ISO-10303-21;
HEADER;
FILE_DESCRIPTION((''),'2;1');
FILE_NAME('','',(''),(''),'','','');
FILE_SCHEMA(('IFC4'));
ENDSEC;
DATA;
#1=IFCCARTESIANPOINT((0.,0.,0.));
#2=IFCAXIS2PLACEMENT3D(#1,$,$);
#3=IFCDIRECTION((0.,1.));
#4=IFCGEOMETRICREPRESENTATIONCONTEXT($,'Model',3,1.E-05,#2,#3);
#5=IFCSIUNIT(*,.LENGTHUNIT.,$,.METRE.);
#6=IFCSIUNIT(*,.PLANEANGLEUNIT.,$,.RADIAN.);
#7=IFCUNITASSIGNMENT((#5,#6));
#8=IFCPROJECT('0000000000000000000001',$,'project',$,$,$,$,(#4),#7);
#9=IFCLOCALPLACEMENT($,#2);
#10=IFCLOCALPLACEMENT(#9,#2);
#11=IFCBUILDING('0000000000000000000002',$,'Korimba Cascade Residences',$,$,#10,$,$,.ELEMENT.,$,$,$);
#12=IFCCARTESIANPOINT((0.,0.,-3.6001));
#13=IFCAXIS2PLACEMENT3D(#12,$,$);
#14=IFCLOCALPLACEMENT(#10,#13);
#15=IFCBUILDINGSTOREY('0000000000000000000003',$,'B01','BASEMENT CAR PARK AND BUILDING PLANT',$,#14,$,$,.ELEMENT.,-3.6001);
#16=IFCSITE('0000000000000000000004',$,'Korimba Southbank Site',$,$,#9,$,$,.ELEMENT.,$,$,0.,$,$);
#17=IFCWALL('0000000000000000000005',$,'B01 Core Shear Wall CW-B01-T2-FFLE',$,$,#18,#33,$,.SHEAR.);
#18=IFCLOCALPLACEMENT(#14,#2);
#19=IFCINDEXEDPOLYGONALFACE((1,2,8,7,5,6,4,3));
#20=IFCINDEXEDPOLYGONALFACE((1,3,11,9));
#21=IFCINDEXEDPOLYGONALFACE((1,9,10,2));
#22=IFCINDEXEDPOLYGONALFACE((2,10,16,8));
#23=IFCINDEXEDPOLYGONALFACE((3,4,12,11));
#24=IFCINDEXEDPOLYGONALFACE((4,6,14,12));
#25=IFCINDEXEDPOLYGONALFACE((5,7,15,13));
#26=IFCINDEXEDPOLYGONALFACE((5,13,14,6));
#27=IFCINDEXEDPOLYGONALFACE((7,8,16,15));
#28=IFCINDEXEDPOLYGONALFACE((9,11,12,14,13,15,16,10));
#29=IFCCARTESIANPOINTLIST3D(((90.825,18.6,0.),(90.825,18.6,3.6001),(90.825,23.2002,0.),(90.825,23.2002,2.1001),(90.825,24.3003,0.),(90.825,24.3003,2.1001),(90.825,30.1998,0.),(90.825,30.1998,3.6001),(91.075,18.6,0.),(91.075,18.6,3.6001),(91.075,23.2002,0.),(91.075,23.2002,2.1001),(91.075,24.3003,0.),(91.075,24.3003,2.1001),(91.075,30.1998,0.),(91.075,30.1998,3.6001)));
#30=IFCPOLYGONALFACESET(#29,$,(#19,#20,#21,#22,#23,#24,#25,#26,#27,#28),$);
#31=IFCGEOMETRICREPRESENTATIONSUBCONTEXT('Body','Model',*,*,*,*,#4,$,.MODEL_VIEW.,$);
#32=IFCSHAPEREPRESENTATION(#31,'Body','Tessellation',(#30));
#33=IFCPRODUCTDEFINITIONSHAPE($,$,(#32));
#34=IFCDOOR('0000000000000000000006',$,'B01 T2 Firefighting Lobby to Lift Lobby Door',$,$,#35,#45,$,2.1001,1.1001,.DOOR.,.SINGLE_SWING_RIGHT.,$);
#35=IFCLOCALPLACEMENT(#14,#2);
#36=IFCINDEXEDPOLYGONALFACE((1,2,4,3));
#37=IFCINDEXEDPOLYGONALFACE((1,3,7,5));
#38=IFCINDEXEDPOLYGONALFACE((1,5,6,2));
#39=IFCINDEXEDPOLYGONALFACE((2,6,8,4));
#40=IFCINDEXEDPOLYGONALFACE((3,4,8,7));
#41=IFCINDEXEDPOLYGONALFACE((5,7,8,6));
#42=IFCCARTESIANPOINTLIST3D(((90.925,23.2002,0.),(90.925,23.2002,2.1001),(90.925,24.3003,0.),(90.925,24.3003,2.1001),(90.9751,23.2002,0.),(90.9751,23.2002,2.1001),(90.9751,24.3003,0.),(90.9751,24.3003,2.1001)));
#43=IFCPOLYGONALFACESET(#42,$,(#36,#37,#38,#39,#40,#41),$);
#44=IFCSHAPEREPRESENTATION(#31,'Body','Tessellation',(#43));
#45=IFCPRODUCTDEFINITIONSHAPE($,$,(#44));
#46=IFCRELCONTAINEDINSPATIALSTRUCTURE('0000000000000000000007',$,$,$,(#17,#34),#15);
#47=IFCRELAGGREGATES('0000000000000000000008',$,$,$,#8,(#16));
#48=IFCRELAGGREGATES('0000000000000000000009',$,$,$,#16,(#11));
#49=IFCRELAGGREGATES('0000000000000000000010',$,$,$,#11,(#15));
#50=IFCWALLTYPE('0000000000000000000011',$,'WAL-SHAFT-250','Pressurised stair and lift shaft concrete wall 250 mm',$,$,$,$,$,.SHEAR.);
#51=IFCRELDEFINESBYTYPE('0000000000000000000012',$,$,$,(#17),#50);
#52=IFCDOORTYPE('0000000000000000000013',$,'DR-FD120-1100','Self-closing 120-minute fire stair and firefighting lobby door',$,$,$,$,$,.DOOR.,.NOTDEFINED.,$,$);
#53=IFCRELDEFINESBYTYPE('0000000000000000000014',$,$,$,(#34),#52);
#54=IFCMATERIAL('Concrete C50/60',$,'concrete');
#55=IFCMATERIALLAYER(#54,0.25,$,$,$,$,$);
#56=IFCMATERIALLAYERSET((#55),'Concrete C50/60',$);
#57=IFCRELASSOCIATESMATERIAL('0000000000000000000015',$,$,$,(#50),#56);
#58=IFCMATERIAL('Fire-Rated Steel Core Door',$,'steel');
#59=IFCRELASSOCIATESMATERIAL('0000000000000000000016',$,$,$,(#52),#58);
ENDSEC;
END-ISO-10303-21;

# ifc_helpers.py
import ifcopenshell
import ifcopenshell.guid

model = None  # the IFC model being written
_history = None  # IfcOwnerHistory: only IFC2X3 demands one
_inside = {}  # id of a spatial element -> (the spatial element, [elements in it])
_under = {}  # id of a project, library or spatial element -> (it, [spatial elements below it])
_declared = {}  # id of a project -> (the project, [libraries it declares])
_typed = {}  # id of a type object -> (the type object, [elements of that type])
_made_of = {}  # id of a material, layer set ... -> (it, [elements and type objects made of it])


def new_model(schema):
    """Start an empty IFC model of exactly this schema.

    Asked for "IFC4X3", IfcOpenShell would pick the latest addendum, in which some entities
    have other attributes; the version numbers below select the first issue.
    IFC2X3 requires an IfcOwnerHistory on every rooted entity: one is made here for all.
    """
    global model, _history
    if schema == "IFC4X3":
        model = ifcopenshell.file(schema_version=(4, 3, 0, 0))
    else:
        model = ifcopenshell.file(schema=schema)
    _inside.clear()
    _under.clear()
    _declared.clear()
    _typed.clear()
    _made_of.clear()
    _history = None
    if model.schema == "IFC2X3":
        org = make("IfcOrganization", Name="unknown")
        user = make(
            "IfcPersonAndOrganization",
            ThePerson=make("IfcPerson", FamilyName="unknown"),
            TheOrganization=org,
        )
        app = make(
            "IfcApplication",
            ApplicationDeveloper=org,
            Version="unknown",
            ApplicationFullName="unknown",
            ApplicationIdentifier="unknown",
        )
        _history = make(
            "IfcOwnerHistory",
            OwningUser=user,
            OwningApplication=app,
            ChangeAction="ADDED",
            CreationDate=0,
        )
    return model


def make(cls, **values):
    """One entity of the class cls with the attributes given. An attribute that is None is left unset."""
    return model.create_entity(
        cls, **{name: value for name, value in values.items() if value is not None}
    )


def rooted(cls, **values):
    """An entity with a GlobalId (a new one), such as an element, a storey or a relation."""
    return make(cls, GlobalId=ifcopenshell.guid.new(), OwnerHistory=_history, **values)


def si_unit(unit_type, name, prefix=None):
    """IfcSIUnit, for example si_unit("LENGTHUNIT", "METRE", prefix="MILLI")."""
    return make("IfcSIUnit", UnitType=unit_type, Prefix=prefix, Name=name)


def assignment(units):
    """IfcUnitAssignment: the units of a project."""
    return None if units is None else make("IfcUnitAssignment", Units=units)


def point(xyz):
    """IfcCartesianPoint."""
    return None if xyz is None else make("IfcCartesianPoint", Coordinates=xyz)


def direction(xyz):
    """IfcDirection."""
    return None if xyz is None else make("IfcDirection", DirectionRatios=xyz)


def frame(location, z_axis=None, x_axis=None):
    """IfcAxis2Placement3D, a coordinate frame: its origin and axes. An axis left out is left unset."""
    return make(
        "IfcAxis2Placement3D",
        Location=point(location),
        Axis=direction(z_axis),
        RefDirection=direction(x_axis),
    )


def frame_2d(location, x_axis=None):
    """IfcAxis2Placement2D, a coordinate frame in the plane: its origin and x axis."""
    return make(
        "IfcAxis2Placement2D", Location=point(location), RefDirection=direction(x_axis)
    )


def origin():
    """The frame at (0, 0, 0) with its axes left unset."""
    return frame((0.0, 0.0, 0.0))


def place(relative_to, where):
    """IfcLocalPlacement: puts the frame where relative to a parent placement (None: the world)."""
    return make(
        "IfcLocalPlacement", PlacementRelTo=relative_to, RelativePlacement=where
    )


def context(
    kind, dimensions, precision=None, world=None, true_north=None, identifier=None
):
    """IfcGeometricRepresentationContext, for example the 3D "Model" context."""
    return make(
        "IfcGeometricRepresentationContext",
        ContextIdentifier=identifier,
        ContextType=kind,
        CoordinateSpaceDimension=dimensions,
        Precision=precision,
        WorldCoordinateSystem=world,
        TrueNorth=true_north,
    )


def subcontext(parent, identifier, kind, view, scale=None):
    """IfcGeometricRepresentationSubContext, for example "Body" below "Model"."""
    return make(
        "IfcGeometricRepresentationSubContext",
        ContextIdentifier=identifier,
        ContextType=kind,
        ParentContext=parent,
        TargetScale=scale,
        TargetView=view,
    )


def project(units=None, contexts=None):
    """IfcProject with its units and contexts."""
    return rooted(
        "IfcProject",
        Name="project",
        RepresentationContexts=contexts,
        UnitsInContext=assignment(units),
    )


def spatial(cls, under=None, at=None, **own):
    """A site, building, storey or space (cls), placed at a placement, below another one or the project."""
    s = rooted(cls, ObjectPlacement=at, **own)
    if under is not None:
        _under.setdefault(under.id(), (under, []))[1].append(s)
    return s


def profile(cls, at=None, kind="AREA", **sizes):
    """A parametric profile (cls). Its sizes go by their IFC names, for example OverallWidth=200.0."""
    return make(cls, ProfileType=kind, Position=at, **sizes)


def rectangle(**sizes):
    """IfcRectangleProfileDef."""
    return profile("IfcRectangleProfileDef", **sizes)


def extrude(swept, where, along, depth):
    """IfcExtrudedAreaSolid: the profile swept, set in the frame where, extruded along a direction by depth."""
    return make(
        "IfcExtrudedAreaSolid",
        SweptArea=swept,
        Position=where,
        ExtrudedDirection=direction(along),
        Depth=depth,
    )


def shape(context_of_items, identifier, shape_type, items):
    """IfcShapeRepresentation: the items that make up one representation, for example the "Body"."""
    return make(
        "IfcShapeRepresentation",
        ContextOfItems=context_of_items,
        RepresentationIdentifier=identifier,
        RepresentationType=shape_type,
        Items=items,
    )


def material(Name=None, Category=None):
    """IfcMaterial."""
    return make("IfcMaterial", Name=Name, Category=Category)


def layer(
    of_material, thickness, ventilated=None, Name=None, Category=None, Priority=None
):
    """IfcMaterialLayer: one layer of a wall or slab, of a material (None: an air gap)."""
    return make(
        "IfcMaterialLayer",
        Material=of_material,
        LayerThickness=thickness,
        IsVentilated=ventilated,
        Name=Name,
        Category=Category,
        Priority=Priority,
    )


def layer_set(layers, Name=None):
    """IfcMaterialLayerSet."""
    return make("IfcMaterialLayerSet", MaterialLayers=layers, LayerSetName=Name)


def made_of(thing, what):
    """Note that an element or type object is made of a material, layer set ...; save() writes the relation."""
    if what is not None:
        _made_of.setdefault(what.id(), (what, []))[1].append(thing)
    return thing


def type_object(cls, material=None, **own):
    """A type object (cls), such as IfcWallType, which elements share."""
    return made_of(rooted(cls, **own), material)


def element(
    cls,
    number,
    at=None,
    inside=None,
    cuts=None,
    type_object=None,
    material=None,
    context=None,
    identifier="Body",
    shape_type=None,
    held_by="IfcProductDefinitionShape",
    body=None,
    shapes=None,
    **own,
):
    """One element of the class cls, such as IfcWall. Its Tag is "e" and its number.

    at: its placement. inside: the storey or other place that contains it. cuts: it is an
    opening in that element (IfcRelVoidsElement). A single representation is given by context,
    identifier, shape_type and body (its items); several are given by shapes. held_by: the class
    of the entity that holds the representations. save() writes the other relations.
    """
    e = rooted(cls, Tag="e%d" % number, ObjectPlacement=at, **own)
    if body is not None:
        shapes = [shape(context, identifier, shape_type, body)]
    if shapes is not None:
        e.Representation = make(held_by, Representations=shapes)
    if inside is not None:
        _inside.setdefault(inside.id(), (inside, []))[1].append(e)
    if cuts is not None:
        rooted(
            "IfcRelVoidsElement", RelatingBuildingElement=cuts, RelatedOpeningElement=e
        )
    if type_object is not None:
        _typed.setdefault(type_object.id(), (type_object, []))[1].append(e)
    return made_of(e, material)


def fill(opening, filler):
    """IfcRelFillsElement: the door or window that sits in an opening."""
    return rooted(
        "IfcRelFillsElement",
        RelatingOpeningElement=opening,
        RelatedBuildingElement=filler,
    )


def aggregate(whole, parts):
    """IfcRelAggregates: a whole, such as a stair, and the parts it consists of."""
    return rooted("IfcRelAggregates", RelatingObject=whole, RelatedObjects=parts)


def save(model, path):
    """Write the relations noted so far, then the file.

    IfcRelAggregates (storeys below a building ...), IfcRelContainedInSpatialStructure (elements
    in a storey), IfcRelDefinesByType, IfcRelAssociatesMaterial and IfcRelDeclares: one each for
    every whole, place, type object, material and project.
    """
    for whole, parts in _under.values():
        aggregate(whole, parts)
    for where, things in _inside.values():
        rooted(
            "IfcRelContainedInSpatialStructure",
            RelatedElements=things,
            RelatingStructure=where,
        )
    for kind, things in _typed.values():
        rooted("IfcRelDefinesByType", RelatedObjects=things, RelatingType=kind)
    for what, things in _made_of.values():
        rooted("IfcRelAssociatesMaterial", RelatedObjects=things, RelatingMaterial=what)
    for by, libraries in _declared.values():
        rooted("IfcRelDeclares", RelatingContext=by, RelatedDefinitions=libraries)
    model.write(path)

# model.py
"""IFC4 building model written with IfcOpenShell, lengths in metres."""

from ifc_helpers import new_model, si_unit, direction, frame, frame_2d, origin, place, context, subcontext, project, spatial, rectangle, extrude, material, layer, layer_set, type_object, element, fill, save


model = new_model("IFC4")

# Units and contexts
model_context = context("Model", 3, precision=1e-05, world=origin(), true_north=direction((0.0, 1.0)))
body_context = subcontext(model_context, "Body", "Model", "MODEL_VIEW")
ifc_project = project(units=[si_unit("LENGTHUNIT", "METRE"), si_unit("PLANEANGLEUNIT", "RADIAN")], contexts=[model_context])

# Site, building, storey
site_placement = place(None, origin())
site = spatial("IfcSite", under=ifc_project, at=site_placement, Name="Korimba Southbank Site", CompositionType="ELEMENT", RefElevation=0.0)
building_placement = place(site_placement, origin())
building = spatial("IfcBuilding", under=site, at=building_placement, Name="Korimba Cascade Residences", CompositionType="ELEMENT")
storey_placement = place(building_placement, frame((0.0, 0.0, -3.6001)))
storey = spatial("IfcBuildingStorey", under=building, at=storey_placement, Name="B01", Description="BASEMENT CAR PARK AND BUILDING PLANT", CompositionType="ELEMENT", Elevation=-3.6001)

# Shared definitions
ifc_material_1 = material(Name="Concrete C50/60", Category="concrete")

# Shared definitions
ifc_layer_1 = layer(ifc_material_1, 0.25)
ifc_layer_set_1 = layer_set([ifc_layer_1], Name="Concrete C50/60")
wall_type_1 = type_object("IfcWallType", Name="WAL-SHAFT-250", Description="Pressurised stair and lift shaft concrete wall 250 mm", PredefinedType="SHEAR", material=ifc_layer_set_1)
ifc_material_2 = material(Name="Fire-Rated Steel Core Door", Category="steel")
door_type_1 = type_object("IfcDoorType", Name="DR-FD120-1100", Description="Self-closing 120-minute fire stair and firefighting lobby door", OperationType="NOTDEFINED", PredefinedType="DOOR", material=ifc_material_2)

# Wall, opening, door
wall_1_placement = place(storey_placement, frame((90.95, 18.6001, 0.0), z_axis=(0.0, 0.0, 1.0), x_axis=(0.0, 1.0, 0.0)))
wall_1 = element("IfcWall", 1, at=wall_1_placement, inside=storey, type_object=wall_type_1, Name="B01 Core Shear Wall CW-B01-T2-FFLE", PredefinedType="SHEAR", context=body_context, shape_type="SweptSolid", body=[
    extrude(rectangle(XDim=11.5999, YDim=0.25, at=frame_2d((5.7998, 0.0))), origin(), (0.0, 0.0, 1.0), 3.6001),
])
opening_1_placement = place(wall_1_placement, frame((4.6001, 0.0, 0.0)))
opening_1 = element("IfcOpeningElement", 2, at=opening_1_placement, cuts=wall_1, PredefinedType="OPENING", context=body_context, shape_type="SweptSolid", body=[
    extrude(rectangle(XDim=1.1001, YDim=2.1001, at=frame_2d((0.55, 1.05))), frame((0.0, 0.135, 0.0), z_axis=(0.0, -1.0, 0.0), x_axis=(1.0, 0.0, 0.0)), (0.0, 0.0, 1.0), 0.27),
])
door_1_placement = place(opening_1_placement, origin())
door_1 = element("IfcDoor", 3, at=door_1_placement, inside=storey, type_object=door_type_1, Name="B01 T2 Firefighting Lobby to Lift Lobby Door", OperationType="SINGLE_SWING_RIGHT", OverallHeight=2.1001, OverallWidth=1.1001, PredefinedType="DOOR", context=body_context, shape_type="SweptSolid", body=[
    extrude(rectangle(XDim=1.1001, YDim=2.1001, at=frame_2d((0.55, 1.05))), frame((0.0, 0.0249, 0.0), z_axis=(0.0, -1.0, 0.0), x_axis=(1.0, 0.0, 0.0)), (0.0, 0.0, 1.0), 0.05),
])
fill(opening_1, door_1)

save(model, "model.ifc")
